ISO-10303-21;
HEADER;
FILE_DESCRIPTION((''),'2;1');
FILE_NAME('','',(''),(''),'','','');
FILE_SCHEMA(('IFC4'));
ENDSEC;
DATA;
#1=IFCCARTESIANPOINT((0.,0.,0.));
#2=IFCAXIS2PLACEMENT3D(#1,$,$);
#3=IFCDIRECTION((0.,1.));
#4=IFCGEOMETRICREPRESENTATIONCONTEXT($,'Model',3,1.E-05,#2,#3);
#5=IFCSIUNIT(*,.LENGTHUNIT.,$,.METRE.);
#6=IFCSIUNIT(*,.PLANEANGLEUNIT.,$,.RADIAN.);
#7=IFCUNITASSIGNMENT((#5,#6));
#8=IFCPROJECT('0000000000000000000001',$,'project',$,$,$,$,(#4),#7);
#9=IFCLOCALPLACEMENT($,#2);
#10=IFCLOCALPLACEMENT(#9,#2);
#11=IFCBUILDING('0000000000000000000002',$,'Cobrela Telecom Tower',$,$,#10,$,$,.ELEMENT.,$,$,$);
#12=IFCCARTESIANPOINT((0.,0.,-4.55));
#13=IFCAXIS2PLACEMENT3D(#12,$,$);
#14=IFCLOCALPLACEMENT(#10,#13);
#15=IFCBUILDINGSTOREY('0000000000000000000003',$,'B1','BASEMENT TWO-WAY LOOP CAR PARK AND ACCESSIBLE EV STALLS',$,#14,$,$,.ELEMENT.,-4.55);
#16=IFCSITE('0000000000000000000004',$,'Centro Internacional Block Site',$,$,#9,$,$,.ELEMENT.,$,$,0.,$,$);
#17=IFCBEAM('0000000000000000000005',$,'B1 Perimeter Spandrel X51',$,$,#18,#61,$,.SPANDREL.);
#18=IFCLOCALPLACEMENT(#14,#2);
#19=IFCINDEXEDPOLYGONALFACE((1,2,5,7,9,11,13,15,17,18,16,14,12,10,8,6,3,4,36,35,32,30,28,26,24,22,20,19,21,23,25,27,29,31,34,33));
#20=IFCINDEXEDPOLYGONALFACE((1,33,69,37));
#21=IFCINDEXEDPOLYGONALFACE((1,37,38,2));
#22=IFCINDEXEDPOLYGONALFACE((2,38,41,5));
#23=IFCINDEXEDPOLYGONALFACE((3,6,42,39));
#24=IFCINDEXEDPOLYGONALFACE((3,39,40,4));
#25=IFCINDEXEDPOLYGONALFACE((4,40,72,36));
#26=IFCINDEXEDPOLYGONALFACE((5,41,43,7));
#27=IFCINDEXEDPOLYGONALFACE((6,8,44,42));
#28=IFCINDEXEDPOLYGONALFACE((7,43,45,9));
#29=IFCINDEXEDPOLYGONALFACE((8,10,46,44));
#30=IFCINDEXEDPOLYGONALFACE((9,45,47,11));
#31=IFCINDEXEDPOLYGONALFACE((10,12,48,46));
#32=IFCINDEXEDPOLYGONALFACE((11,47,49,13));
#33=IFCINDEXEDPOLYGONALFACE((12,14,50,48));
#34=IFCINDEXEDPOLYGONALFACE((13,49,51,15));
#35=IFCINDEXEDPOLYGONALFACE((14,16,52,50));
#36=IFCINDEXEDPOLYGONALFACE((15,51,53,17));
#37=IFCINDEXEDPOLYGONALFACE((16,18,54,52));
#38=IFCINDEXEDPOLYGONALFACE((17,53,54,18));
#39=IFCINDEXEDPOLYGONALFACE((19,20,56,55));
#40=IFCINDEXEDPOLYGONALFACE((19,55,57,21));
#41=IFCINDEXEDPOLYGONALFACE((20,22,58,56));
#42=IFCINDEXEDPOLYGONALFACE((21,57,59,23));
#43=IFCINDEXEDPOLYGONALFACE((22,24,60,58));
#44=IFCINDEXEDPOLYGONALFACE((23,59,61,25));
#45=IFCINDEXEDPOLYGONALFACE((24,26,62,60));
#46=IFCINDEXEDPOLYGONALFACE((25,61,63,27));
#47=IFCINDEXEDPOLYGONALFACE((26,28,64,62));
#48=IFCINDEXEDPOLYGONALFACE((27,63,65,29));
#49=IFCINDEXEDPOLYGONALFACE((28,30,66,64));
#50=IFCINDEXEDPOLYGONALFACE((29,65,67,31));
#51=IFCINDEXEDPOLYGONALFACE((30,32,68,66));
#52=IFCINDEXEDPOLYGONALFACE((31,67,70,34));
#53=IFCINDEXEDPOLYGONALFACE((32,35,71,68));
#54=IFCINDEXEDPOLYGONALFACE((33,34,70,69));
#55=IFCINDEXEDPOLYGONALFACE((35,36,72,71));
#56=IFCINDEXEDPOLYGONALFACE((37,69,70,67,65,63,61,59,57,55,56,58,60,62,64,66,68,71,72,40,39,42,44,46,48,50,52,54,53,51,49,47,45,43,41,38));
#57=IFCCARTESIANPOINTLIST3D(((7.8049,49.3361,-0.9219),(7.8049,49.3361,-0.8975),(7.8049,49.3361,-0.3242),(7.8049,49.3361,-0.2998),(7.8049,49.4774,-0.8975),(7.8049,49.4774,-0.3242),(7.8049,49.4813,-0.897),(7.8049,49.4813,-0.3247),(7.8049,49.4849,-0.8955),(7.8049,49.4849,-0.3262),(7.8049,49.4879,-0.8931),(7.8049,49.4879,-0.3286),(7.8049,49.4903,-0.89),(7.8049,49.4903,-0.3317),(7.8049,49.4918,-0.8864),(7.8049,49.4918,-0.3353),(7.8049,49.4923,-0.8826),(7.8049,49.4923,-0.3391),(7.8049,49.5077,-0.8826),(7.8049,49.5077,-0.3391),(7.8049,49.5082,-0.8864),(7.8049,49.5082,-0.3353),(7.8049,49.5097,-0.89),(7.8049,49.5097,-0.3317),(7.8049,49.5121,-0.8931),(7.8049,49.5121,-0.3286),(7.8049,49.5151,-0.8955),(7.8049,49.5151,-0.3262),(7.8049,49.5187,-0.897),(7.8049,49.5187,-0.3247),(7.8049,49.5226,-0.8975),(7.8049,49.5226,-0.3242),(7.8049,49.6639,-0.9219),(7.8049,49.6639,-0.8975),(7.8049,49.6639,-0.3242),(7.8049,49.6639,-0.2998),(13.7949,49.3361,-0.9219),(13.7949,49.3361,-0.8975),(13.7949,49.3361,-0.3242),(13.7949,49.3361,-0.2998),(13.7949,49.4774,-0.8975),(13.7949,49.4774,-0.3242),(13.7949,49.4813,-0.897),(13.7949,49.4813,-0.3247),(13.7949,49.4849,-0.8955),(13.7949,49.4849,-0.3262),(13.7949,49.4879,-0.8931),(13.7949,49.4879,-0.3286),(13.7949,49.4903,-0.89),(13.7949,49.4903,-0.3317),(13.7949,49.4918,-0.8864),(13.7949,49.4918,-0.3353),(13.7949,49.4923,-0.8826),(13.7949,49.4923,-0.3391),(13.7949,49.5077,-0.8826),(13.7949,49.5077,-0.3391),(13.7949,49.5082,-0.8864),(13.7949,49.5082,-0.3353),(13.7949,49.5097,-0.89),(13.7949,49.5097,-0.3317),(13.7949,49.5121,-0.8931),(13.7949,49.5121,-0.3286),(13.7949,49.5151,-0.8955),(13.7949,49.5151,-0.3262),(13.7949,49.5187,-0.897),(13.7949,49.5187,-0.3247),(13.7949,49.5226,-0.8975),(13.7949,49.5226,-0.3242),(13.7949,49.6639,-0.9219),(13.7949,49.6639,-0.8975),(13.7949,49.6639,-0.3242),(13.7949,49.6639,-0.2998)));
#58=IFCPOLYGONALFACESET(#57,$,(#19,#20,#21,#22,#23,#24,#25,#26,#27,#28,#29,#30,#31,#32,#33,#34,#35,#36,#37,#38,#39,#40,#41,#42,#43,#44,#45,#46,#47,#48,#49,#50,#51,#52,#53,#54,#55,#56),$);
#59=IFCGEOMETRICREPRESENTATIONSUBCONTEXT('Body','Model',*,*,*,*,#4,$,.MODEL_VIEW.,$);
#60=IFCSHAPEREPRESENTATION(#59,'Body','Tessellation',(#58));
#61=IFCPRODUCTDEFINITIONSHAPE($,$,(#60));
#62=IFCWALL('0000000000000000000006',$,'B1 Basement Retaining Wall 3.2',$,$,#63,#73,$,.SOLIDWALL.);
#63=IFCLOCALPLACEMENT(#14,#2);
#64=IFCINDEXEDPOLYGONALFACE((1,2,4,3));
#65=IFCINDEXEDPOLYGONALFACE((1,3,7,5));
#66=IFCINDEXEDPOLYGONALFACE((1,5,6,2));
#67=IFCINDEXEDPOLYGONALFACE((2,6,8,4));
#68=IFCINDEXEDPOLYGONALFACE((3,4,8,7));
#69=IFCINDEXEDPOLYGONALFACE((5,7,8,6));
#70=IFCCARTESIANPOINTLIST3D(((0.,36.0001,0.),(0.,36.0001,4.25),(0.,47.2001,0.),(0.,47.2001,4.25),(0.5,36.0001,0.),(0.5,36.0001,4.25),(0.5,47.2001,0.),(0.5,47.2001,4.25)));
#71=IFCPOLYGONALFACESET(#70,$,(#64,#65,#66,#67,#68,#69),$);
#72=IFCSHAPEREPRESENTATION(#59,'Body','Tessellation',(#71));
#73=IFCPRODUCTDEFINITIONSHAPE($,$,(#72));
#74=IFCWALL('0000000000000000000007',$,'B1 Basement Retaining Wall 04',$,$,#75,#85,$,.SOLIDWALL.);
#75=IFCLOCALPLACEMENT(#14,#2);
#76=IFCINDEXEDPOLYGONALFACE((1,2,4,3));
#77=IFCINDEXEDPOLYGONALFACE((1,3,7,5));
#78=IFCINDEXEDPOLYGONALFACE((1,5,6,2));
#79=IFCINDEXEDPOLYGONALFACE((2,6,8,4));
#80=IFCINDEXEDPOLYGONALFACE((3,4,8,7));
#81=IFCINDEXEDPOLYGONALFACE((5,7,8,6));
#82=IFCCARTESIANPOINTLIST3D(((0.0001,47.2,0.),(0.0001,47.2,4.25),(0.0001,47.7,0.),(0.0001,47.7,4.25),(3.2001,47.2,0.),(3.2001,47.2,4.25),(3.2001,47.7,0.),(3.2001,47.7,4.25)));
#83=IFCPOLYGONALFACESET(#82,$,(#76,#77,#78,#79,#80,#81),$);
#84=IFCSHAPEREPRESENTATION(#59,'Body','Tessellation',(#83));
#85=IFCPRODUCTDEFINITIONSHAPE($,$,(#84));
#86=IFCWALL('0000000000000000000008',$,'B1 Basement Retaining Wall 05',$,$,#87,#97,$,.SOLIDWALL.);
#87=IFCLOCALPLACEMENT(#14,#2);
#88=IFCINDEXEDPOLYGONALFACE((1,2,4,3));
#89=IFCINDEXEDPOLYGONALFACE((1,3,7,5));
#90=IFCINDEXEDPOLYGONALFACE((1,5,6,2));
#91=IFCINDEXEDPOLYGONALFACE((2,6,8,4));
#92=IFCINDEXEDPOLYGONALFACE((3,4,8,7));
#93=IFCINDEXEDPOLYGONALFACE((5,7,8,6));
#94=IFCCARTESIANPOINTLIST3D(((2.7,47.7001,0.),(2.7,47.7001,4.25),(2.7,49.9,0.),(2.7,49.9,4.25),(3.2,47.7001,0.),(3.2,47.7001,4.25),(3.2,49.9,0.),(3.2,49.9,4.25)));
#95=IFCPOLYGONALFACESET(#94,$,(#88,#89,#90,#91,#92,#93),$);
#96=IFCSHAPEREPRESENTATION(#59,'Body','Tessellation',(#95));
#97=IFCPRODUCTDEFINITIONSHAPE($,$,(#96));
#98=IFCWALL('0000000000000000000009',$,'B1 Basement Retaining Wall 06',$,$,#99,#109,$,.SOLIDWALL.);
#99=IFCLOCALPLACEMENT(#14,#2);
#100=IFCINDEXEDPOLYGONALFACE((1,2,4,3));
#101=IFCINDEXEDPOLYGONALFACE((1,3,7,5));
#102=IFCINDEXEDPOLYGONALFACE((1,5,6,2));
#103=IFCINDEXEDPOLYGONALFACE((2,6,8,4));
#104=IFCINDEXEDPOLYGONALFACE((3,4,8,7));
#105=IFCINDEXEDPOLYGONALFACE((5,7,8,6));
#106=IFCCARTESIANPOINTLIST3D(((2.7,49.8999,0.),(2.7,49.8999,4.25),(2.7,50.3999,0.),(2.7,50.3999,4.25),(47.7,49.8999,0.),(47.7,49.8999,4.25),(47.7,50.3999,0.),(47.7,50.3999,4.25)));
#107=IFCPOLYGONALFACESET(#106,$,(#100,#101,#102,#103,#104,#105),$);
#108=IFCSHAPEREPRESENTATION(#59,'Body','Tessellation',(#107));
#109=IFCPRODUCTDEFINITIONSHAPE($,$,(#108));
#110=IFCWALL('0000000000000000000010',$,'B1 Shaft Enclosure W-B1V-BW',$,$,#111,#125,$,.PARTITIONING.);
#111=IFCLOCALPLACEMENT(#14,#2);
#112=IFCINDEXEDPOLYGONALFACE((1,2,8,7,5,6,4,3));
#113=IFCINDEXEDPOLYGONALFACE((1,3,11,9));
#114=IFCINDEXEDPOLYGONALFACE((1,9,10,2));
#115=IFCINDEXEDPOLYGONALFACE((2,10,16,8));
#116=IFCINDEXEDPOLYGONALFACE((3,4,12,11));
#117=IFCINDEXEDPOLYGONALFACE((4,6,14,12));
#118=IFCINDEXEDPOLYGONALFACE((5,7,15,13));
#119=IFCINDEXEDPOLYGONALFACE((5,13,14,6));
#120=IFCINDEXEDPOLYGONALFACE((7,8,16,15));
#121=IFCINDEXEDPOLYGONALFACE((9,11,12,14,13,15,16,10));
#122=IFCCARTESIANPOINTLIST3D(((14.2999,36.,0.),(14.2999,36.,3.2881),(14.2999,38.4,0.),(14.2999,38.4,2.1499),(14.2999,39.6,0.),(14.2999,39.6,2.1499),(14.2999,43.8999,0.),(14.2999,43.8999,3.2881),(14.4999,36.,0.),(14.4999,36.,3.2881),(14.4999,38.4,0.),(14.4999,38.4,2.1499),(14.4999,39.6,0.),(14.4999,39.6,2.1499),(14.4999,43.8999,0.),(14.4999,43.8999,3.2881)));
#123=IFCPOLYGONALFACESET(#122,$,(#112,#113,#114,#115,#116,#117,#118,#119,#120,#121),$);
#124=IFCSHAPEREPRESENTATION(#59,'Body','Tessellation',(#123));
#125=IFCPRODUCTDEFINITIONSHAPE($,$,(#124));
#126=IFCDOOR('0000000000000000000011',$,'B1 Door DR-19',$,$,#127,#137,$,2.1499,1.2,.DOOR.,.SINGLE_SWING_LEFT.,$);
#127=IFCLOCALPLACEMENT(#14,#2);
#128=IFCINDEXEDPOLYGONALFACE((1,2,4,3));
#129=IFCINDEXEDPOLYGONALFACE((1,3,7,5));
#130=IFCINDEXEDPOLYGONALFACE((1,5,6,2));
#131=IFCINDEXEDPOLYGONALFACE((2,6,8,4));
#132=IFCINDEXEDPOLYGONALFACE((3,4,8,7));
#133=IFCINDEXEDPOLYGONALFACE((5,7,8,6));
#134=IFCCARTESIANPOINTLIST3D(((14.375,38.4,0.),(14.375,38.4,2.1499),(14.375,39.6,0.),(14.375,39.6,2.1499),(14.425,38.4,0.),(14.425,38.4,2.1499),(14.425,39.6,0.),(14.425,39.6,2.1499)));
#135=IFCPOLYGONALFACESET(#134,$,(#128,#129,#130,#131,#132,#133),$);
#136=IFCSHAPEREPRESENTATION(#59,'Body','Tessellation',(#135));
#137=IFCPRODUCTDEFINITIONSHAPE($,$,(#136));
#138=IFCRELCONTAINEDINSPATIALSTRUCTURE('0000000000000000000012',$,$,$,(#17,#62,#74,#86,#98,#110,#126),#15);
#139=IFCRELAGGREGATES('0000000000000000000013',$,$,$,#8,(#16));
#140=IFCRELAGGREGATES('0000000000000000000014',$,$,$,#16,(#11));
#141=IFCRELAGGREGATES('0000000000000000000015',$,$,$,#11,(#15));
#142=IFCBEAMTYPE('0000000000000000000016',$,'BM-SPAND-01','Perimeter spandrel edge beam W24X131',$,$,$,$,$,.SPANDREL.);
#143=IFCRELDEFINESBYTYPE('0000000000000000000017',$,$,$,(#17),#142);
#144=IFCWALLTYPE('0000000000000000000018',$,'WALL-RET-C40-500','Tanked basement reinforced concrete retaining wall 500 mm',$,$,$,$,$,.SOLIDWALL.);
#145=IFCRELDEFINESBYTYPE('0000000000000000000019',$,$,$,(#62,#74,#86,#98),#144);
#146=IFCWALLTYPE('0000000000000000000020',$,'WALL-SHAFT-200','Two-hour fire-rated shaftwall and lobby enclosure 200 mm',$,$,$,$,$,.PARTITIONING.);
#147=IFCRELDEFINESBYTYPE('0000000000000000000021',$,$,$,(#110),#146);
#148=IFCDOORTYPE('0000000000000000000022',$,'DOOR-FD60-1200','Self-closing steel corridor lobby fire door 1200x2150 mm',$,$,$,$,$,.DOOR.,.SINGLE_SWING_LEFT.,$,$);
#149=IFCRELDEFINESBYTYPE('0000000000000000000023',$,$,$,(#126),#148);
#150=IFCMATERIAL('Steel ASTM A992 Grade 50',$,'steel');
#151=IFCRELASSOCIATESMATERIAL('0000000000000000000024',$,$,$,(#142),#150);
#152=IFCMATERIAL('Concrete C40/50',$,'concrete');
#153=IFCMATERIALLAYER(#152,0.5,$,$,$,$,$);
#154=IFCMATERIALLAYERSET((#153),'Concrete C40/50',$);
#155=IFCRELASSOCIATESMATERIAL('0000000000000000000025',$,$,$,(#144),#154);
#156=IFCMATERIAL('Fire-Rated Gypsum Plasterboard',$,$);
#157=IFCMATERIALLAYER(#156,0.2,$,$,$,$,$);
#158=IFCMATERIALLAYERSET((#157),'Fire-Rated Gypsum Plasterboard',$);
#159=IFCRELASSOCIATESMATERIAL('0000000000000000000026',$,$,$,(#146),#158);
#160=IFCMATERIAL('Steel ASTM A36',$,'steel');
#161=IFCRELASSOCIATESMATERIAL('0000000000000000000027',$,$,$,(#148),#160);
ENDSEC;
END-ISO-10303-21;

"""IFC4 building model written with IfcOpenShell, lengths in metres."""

from ifc_helpers import new_model, si_unit, direction, frame, frame_2d, origin, origin_2d, place, context, subcontext, project, spatial, rectangle, i_section, extrude, material, layer, layer_set, material_profile, profile_set, type_object, element, fill, save


model = new_model("IFC4")

# Units and contexts
model_context = context("Model", 3, precision=1e-05, world=origin(), true_north=direction((0.0, 1.0)))
body_context = subcontext(model_context, "Body", "Model", "MODEL_VIEW")
ifc_project = project(units=[si_unit("LENGTHUNIT", "METRE"), si_unit("PLANEANGLEUNIT", "RADIAN")], contexts=[model_context])

# Site, building, storey
site_placement = place(None, origin())
site = spatial("IfcSite", under=ifc_project, at=site_placement, Name="Centro Internacional Block Site", CompositionType="ELEMENT", RefElevation=0.0)
building_placement = place(site_placement, origin())
building = spatial("IfcBuilding", under=site, at=building_placement, Name="Cobrela Telecom Tower", CompositionType="ELEMENT")
storey_placement = place(building_placement, frame((0.0, 0.0, -4.55)))
storey = spatial("IfcBuildingStorey", under=building, at=storey_placement, Name="B1", Description="BASEMENT TWO-WAY LOOP CAR PARK AND ACCESSIBLE EV STALLS", CompositionType="ELEMENT", Elevation=-4.55)

# Beam
ifc_material_1 = material(Name="Steel ASTM A992 Grade 50", Category="steel")
ifc_material_profile_1 = material_profile(ifc_material_1, i_section(OverallWidth=0.3279, OverallDepth=0.6221, WebThickness=0.0154, FlangeThickness=0.0244, FilletRadius=0.0149, at=origin_2d()), Name="W24X131")
ifc_profile_set_1 = profile_set([ifc_material_profile_1], Name="Steel ASTM A992 Grade 50")
beam_type_1 = type_object("IfcBeamType", Name="BM-SPAND-01", Description="Perimeter spandrel edge beam W24X131", PredefinedType="SPANDREL", material=ifc_profile_set_1)
beam_1_placement = place(storey_placement, frame((7.8049, 49.5, -0.6108), z_axis=(1.0, 0.0, 0.0), x_axis=(0.0, 1.0, 0.0)))
element("IfcBeam", 1, at=beam_1_placement, inside=storey, type_object=beam_type_1, Name="B1 Perimeter Spandrel X51", PredefinedType="SPANDREL", context=body_context, shape_type="SweptSolid", body=[
    extrude(i_section(OverallWidth=0.3279, OverallDepth=0.6221, WebThickness=0.0154, FlangeThickness=0.0244, FilletRadius=0.0149, at=origin_2d()), origin(), (0.0, 0.0, 1.0), 5.99),
])

# Walls
ifc_material_2 = material(Name="Concrete C40/50", Category="concrete")
ifc_layer_1 = layer(ifc_material_2, 0.5)
ifc_layer_set_1 = layer_set([ifc_layer_1], Name="Concrete C40/50")
wall_type_1 = type_object("IfcWallType", Name="WALL-RET-C40-500", Description="Tanked basement reinforced concrete retaining wall 500 mm", PredefinedType="SOLIDWALL", material=ifc_layer_set_1)
wall_1_placement = place(storey_placement, frame((0.25, 36.0, 0.0), z_axis=(0.0, 0.0, 1.0), x_axis=(0.0, 1.0, 0.0)))
element("IfcWall", 2, at=wall_1_placement, inside=storey, type_object=wall_type_1, Name="B1 Basement Retaining Wall 3.2", PredefinedType="SOLIDWALL", context=body_context, shape_type="SweptSolid", body=[
    extrude(rectangle(XDim=11.2, YDim=0.5, at=frame_2d((5.6001, 0.0))), origin(), (0.0, 0.0, 1.0), 4.25),
])
wall_2_placement = place(storey_placement, frame((0.0, 47.45, 0.0), z_axis=(0.0, 0.0, 1.0), x_axis=(1.0, 0.0, 0.0)))
element("IfcWall", 3, at=wall_2_placement, inside=storey, type_object=wall_type_1, Name="B1 Basement Retaining Wall 04", PredefinedType="SOLIDWALL", context=body_context, shape_type="SweptSolid", body=[
    extrude(rectangle(XDim=3.2, YDim=0.5, at=frame_2d((1.6001, 0.0))), origin(), (0.0, 0.0, 1.0), 4.25),
])
wall_3_placement = place(storey_placement, frame((2.95, 47.7, 0.0), z_axis=(0.0, 0.0, 1.0), x_axis=(0.0, 1.0, 0.0)))
element("IfcWall", 4, at=wall_3_placement, inside=storey, type_object=wall_type_1, Name="B1 Basement Retaining Wall 05", PredefinedType="SOLIDWALL", context=body_context, shape_type="SweptSolid", body=[
    extrude(rectangle(XDim=2.2, YDim=0.5, at=frame_2d((1.1001, 0.0))), origin(), (0.0, 0.0, 1.0), 4.25),
])
wall_4_placement = place(storey_placement, frame((2.7, 50.1499, 0.0), z_axis=(0.0, 0.0, 1.0), x_axis=(1.0, 0.0, 0.0)))
element("IfcWall", 5, at=wall_4_placement, inside=storey, type_object=wall_type_1, Name="B1 Basement Retaining Wall 06", PredefinedType="SOLIDWALL", context=body_context, shape_type="SweptSolid", body=[
    extrude(rectangle(XDim=45.0, YDim=0.5, at=frame_2d((22.5, 0.0))), origin(), (0.0, 0.0, 1.0), 4.25),
])

# Wall, opening, door
ifc_material_3 = material(Name="Fire-Rated Gypsum Plasterboard")
ifc_layer_2 = layer(ifc_material_3, 0.2)
ifc_layer_set_2 = layer_set([ifc_layer_2], Name="Fire-Rated Gypsum Plasterboard")
wall_type_2 = type_object("IfcWallType", Name="WALL-SHAFT-200", Description="Two-hour fire-rated shaftwall and lobby enclosure 200 mm", PredefinedType="PARTITIONING", material=ifc_layer_set_2)
wall_5_placement = place(storey_placement, frame((14.3999, 36.0, 0.0), z_axis=(0.0, 0.0, 1.0), x_axis=(0.0, 1.0, 0.0)))
wall_5 = element("IfcWall", 6, at=wall_5_placement, inside=storey, type_object=wall_type_2, Name="B1 Shaft Enclosure W-B1V-BW", PredefinedType="PARTITIONING", context=body_context, shape_type="SweptSolid", body=[
    extrude(rectangle(XDim=7.8999, YDim=0.2, at=frame_2d((3.95, 0.0))), origin(), (0.0, 0.0, 1.0), 3.2881),
])
opening_placement = place(wall_5_placement, frame((2.3999, 0.0, 0.0)))
opening = element("IfcOpeningElement", 7, at=opening_placement, cuts=wall_5, PredefinedType="OPENING", context=body_context, shape_type="SweptSolid", body=[
    extrude(rectangle(XDim=1.2, YDim=2.1499, at=frame_2d((0.6001, 1.075))), frame((0.0, 0.1118, 0.0), z_axis=(0.0, -1.0, 0.0), x_axis=(1.0, 0.0, 0.0)), (0.0, 0.0, 1.0), 0.2239),
])
ifc_material_4 = material(Name="Steel ASTM A36", Category="steel")
door_type = type_object("IfcDoorType", Name="DOOR-FD60-1200", Description="Self-closing steel corridor lobby fire door 1200x2150 mm", OperationType="SINGLE_SWING_LEFT", PredefinedType="DOOR", material=ifc_material_4)
door_placement = place(opening_placement, origin())
door = element("IfcDoor", 8, at=door_placement, inside=storey, type_object=door_type, Name="B1 Door DR-19", OperationType="SINGLE_SWING_LEFT", OverallHeight=2.1499, OverallWidth=1.2, PredefinedType="DOOR", context=body_context, shape_type="SweptSolid", body=[
    extrude(rectangle(XDim=1.2, YDim=2.1499, at=frame_2d((0.6001, 1.075))), frame((0.0, 0.0249, 0.0), z_axis=(0.0, -1.0, 0.0), x_axis=(1.0, 0.0, 0.0)), (0.0, 0.0, 1.0), 0.05),
])
fill(opening, door)

save(model, "model.ifc")
